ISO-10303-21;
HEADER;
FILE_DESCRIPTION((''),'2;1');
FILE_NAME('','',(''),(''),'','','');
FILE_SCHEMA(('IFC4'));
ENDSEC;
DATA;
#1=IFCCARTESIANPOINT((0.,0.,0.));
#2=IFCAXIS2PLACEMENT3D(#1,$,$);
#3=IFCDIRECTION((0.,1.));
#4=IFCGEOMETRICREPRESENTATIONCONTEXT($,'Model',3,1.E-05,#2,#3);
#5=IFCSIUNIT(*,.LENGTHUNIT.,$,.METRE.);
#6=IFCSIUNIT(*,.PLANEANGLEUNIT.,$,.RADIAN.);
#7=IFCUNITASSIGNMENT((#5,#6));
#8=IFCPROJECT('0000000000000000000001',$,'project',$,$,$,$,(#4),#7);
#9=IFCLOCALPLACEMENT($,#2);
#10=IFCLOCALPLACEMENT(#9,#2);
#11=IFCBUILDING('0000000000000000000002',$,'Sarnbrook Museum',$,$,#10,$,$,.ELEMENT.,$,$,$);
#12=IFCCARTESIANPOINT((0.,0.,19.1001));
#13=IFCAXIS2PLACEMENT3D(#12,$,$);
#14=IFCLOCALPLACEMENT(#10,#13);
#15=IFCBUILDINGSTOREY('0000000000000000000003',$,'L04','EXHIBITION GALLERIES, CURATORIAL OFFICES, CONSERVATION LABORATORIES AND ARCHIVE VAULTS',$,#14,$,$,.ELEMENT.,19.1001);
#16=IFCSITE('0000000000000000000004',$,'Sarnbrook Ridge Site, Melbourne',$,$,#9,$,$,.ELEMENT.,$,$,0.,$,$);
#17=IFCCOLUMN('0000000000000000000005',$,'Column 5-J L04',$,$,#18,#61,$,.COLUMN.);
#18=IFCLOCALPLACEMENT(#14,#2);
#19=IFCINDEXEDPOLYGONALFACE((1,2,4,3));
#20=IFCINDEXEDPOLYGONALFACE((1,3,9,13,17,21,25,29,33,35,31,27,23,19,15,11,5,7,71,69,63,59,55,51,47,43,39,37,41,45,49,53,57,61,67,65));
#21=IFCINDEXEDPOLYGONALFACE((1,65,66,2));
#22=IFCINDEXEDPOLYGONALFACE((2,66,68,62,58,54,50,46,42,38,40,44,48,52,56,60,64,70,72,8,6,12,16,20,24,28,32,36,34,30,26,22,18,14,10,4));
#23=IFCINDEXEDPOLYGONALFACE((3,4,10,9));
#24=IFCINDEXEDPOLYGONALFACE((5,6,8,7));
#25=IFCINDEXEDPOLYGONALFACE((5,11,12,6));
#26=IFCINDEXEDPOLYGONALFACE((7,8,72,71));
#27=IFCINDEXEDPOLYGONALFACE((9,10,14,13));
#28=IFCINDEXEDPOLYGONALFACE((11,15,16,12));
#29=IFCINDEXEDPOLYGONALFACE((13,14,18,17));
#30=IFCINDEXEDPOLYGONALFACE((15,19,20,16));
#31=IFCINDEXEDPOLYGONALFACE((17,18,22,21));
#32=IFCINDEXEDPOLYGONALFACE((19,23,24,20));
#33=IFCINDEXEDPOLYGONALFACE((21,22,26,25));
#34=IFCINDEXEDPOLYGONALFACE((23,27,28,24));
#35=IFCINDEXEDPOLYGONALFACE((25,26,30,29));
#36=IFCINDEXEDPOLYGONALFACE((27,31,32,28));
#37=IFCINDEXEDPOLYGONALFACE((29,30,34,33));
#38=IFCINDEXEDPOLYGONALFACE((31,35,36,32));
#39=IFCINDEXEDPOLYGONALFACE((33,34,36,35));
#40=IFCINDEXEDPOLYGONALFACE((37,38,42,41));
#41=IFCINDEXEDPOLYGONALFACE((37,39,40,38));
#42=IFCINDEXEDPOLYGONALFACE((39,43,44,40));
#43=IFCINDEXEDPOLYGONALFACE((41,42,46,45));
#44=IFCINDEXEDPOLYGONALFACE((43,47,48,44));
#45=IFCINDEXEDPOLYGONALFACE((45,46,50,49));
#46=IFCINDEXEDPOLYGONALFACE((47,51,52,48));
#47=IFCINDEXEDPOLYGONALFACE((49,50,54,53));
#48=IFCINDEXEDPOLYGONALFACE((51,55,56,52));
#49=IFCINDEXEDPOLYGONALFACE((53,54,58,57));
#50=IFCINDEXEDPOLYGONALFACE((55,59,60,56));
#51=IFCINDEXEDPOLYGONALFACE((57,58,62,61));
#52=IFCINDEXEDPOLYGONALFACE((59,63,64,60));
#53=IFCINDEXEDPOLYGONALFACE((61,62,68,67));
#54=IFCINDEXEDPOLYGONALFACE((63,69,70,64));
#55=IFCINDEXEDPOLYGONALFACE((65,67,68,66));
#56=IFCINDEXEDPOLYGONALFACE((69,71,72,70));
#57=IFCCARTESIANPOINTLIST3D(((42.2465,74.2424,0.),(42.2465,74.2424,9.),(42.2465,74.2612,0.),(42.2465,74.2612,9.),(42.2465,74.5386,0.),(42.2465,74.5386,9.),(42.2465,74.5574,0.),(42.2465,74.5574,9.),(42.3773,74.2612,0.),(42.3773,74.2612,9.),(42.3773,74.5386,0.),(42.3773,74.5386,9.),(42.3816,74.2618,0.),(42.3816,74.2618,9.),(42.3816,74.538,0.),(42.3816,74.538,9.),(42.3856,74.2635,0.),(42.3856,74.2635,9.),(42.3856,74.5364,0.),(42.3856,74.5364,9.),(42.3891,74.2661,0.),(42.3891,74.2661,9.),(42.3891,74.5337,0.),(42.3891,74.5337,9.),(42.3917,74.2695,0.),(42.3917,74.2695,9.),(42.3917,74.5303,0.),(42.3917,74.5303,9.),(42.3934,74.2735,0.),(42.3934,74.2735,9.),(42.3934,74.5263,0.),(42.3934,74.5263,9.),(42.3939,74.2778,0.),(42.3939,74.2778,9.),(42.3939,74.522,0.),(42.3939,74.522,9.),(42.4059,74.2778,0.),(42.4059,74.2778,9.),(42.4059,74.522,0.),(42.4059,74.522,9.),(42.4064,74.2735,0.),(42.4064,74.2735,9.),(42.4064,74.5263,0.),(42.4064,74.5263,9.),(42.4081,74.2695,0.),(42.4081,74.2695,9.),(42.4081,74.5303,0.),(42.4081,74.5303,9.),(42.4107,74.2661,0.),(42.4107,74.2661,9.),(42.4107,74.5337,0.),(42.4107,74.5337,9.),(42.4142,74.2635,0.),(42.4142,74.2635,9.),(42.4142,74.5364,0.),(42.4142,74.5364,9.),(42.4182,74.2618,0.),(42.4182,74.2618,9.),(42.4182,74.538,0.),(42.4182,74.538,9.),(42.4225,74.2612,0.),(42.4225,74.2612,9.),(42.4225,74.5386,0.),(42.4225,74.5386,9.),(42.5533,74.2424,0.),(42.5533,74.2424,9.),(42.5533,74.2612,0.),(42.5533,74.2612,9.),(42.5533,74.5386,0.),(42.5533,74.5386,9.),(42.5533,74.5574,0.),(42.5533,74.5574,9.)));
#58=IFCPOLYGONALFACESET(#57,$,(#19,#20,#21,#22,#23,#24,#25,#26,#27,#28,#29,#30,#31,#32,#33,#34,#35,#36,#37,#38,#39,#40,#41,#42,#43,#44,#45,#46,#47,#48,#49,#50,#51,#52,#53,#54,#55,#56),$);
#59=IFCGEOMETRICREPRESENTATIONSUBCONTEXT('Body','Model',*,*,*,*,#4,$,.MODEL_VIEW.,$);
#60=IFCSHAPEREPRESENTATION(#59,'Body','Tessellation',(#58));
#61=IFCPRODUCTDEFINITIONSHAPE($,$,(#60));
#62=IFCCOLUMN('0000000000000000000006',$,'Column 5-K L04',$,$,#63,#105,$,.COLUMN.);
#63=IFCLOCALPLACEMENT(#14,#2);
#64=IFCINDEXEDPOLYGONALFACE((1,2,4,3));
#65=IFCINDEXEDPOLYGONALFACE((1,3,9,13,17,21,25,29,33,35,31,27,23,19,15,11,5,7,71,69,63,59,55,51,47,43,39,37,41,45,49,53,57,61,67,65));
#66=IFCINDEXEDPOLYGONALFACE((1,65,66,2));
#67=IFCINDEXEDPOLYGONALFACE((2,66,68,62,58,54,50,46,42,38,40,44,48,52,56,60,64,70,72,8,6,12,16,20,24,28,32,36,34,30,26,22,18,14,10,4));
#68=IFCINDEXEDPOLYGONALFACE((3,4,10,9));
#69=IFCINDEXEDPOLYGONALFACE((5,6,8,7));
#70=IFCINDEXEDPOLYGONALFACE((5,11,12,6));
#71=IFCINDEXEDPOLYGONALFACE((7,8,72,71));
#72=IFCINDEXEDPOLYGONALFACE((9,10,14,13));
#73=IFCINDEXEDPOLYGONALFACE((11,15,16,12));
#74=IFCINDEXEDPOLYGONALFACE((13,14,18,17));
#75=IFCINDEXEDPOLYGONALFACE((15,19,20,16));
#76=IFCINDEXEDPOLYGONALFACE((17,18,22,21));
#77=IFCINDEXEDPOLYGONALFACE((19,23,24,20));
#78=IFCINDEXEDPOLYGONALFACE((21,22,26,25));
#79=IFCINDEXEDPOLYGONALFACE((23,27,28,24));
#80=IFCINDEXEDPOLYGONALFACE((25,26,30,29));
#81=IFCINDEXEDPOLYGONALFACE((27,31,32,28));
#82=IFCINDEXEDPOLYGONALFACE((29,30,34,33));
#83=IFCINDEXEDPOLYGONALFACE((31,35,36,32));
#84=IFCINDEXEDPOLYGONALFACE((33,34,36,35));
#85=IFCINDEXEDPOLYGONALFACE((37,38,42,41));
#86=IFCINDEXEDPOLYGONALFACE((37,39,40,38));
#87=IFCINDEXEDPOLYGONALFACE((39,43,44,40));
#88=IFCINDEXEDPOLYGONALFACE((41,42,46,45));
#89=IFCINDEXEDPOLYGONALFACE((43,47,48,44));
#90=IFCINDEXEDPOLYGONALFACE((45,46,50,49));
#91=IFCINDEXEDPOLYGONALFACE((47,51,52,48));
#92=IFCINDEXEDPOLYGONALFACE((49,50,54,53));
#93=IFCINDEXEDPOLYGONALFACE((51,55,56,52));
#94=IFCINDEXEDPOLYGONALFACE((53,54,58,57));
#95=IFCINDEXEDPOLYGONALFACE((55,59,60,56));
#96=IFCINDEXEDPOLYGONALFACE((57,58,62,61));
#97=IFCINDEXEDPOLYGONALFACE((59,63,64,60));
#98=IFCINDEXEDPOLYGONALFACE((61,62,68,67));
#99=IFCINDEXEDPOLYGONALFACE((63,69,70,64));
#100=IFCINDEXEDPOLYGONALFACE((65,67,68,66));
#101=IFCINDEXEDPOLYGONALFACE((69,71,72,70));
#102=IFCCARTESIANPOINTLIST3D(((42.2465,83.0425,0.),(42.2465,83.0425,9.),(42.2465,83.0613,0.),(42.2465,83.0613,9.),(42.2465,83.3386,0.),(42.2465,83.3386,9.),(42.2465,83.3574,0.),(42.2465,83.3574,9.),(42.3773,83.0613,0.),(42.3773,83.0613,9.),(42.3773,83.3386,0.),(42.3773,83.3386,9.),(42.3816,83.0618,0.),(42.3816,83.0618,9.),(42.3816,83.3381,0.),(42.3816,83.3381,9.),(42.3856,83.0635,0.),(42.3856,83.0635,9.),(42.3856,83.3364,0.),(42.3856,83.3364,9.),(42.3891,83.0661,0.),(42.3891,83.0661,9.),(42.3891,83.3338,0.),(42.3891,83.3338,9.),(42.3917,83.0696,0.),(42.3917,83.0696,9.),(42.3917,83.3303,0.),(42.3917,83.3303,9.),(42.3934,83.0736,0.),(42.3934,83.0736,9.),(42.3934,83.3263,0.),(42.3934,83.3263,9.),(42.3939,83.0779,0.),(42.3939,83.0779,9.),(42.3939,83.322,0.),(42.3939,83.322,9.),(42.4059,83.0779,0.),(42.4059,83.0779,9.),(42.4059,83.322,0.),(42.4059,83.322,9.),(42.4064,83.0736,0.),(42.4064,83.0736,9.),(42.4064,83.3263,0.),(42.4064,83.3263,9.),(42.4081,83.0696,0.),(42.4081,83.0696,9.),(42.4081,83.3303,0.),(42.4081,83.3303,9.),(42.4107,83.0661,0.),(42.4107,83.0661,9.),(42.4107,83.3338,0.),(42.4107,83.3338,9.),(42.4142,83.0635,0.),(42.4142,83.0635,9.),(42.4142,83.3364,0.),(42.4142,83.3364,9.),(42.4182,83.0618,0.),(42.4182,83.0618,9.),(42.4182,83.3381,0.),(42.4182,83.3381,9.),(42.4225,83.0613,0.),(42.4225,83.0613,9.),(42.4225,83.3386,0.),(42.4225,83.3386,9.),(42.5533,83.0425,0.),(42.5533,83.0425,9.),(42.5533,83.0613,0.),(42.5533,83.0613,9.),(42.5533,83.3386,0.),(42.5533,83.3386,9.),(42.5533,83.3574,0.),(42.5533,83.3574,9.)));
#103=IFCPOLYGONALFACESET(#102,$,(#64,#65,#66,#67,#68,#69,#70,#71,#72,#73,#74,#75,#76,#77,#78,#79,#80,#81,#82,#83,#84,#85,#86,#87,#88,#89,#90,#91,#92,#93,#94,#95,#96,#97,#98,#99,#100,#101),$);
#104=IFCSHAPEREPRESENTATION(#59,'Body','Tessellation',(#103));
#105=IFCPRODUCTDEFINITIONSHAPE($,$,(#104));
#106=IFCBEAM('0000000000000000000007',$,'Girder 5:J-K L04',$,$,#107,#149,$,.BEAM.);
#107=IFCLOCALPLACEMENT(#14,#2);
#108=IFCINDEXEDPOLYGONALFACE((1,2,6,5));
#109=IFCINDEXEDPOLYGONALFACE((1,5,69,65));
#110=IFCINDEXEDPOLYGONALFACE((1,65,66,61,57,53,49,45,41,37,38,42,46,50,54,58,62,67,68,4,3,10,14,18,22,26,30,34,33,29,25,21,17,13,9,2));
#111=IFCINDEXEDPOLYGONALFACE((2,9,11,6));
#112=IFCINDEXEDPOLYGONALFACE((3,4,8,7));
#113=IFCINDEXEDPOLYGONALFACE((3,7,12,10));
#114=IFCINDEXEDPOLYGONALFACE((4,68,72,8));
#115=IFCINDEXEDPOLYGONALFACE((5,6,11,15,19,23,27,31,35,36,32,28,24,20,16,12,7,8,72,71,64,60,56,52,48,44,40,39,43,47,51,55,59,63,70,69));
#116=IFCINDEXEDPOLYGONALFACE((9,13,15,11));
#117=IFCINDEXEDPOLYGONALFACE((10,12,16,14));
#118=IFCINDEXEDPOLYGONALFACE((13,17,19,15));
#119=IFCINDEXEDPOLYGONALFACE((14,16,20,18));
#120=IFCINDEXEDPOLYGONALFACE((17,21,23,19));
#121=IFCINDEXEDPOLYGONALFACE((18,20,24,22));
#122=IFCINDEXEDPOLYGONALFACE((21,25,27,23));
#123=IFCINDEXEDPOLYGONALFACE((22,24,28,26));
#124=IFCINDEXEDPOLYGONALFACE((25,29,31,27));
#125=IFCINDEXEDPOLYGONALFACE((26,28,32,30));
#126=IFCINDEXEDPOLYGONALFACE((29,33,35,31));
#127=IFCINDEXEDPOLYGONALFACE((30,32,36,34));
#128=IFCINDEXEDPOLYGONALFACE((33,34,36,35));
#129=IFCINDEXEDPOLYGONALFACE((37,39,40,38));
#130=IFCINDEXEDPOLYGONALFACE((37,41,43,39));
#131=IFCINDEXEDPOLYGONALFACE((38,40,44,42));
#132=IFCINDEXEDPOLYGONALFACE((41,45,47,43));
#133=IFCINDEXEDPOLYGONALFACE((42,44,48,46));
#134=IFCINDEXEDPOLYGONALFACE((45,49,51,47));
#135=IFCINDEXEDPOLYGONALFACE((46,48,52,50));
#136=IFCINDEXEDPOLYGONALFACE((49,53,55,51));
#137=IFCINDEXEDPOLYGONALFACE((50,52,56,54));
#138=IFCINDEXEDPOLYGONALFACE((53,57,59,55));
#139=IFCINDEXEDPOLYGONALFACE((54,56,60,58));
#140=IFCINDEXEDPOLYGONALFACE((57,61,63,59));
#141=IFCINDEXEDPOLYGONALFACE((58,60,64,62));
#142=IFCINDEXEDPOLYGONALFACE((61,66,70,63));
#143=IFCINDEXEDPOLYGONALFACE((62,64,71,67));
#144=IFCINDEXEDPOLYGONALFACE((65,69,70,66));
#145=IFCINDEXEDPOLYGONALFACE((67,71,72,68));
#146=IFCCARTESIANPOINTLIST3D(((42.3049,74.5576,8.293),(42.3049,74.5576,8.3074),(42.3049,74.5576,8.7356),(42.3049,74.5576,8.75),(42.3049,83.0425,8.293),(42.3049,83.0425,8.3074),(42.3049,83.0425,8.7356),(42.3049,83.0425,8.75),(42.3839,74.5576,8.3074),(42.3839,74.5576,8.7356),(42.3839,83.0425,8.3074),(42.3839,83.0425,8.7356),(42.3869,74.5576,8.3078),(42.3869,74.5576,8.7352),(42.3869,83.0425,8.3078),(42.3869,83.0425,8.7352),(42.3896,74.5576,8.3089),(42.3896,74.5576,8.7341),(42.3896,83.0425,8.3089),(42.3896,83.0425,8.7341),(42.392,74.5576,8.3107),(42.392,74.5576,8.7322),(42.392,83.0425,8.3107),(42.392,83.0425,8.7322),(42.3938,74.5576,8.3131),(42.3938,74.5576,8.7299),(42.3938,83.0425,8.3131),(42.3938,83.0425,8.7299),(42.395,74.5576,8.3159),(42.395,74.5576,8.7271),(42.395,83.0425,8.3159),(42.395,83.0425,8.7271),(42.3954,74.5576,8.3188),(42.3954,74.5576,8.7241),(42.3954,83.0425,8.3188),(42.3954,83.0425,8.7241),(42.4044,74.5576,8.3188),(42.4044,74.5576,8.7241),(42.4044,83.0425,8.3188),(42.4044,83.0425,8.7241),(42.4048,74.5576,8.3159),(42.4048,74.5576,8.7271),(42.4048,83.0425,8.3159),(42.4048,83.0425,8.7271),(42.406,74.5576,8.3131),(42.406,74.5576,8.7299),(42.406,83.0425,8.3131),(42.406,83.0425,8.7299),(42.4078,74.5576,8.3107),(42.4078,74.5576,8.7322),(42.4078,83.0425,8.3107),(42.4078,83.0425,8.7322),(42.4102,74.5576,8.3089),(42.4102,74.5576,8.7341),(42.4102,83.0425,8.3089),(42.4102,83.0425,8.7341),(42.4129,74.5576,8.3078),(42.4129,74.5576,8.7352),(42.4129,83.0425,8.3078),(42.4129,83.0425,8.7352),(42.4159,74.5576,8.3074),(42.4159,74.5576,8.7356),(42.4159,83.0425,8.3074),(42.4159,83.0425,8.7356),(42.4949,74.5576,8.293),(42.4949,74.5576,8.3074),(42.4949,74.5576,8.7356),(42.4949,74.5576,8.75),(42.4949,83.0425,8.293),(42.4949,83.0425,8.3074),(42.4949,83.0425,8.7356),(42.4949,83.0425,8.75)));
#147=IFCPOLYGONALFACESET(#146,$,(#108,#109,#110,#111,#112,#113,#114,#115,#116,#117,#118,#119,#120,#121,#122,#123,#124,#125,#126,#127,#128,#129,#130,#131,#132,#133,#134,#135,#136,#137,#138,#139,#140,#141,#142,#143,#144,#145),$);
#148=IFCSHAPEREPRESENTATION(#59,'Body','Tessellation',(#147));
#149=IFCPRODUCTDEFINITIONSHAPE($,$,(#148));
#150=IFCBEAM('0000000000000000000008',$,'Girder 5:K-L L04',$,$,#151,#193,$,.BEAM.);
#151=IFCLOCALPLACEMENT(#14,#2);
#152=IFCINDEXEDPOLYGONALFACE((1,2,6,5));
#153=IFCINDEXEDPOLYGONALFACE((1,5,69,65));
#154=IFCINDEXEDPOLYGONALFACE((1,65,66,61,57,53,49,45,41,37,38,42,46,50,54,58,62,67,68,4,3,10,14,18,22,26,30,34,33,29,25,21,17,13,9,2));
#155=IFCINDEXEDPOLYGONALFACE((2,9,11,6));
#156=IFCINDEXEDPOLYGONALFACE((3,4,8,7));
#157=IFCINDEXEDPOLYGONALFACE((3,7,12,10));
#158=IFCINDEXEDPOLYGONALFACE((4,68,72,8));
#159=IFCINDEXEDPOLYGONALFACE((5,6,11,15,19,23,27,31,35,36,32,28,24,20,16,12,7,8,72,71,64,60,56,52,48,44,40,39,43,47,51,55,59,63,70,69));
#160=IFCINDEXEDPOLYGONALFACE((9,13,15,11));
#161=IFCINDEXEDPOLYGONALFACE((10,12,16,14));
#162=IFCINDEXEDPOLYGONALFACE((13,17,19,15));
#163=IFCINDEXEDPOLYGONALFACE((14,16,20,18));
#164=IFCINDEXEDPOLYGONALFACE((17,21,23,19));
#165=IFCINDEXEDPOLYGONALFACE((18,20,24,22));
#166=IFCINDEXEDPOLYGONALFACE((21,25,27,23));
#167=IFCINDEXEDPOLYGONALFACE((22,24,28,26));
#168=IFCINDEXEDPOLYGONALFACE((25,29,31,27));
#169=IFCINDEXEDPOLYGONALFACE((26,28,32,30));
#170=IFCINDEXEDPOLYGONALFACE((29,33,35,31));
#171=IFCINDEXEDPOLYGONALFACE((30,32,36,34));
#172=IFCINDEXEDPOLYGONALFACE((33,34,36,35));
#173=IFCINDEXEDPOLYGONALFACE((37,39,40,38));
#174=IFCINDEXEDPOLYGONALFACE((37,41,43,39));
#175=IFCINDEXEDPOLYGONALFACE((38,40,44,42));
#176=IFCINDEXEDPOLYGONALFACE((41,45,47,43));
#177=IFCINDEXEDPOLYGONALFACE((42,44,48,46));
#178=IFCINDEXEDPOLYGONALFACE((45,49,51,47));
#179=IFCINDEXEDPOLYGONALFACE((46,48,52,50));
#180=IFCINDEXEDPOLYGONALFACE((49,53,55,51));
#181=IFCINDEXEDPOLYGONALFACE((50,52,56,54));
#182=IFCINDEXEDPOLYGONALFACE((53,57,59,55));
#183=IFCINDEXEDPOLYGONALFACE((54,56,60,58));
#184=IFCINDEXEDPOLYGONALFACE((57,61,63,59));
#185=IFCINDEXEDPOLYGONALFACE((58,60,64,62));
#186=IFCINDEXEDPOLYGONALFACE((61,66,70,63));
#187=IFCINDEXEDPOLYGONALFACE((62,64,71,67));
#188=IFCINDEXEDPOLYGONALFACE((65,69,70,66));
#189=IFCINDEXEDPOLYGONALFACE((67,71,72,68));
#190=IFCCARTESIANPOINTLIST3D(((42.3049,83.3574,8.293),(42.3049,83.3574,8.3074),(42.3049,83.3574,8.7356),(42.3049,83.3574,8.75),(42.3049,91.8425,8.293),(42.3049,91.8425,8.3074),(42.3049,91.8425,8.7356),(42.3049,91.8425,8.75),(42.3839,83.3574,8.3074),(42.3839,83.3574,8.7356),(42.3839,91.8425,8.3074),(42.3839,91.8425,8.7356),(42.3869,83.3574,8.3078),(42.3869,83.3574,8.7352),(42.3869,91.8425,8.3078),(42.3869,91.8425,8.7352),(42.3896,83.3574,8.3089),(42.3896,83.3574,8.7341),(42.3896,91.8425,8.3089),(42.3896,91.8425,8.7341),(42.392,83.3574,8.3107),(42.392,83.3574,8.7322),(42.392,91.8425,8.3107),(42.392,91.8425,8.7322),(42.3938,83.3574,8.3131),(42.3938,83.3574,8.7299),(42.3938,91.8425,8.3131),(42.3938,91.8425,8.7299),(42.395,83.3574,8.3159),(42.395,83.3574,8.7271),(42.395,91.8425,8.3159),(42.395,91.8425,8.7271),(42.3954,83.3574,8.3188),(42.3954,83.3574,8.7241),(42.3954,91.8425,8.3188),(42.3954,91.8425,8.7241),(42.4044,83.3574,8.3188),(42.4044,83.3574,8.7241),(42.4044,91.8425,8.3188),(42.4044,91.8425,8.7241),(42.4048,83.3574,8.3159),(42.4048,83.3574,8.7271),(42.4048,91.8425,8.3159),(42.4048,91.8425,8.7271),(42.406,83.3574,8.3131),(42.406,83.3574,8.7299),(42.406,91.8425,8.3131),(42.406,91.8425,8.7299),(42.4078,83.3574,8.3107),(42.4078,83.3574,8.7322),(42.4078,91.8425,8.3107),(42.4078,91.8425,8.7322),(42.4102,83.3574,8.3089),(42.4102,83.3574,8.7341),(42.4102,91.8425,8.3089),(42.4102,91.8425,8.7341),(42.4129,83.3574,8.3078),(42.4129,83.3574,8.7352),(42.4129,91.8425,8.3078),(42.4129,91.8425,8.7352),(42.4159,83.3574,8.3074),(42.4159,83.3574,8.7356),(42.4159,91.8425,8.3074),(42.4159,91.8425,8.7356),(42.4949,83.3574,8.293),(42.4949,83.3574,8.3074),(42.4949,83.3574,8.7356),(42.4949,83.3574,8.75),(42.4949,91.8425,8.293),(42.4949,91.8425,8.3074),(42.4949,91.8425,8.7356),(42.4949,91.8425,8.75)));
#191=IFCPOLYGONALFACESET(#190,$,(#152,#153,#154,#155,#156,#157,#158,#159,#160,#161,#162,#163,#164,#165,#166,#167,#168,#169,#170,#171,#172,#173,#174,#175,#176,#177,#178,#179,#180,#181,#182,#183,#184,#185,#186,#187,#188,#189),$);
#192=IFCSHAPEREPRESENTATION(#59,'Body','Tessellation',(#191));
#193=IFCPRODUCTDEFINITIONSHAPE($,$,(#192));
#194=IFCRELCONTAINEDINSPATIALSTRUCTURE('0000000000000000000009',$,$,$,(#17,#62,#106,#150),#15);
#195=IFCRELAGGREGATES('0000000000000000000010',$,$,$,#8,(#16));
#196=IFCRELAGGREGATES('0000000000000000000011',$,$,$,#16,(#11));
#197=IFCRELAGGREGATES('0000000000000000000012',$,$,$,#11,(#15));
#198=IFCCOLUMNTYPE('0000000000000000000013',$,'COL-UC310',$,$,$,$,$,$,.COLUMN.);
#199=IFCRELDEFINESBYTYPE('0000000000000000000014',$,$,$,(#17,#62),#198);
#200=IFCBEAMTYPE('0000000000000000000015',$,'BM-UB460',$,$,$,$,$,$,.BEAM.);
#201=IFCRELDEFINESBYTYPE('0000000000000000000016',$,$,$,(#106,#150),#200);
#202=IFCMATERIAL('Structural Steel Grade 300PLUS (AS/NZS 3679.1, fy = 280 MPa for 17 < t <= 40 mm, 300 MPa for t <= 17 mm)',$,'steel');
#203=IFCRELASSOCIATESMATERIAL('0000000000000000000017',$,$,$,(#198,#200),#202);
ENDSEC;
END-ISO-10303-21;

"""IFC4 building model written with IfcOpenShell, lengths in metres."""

from ifc_helpers import new_model, si_unit, direction, frame, origin, origin_2d, place, context, subcontext, project, spatial, i_section, extrude, material, material_profile, profile_set, type_object, element, save


model = new_model("IFC4")

# Units and contexts
model_context = context("Model", 3, precision=1e-05, world=origin(), true_north=direction((0.0, 1.0)))
body_context = subcontext(model_context, "Body", "Model", "MODEL_VIEW")
ifc_project = project(units=[si_unit("LENGTHUNIT", "METRE"), si_unit("PLANEANGLEUNIT", "RADIAN")], contexts=[model_context])

# Site, building, storey
site_placement = place(None, origin())
site = spatial("IfcSite", under=ifc_project, at=site_placement, Name="Sarnbrook Ridge Site, Melbourne", CompositionType="ELEMENT", RefElevation=0.0)
building_placement = place(site_placement, origin())
building = spatial("IfcBuilding", under=site, at=building_placement, Name="Sarnbrook Museum", CompositionType="ELEMENT")
storey_placement = place(building_placement, frame((0.0, 0.0, 19.1001)))
storey = spatial("IfcBuildingStorey", under=building, at=storey_placement, Name="L04", Description="EXHIBITION GALLERIES, CURATORIAL OFFICES, CONSERVATION LABORATORIES AND ARCHIVE VAULTS", CompositionType="ELEMENT", Elevation=19.1001)

# Columns
ifc_material_1 = material(Name="Structural Steel Grade 300PLUS (AS/NZS 3679.1, fy = 280 MPa for 17 < t <= 40 mm, 300 MPa for t <= 17 mm)", Category="steel")
ifc_material_profile_1 = material_profile(ifc_material_1, i_section(OverallWidth=0.3069, OverallDepth=0.3149, WebThickness=0.012, FlangeThickness=0.0188, FilletRadius=0.0166, at=origin_2d()), Name="310UC118")
ifc_profile_set_1 = profile_set([ifc_material_profile_1], Name="Structural Steel Grade 300PLUS (AS/NZS 3679.1, fy = 280 MPa for 17 < t <= 40 mm, 300 MPa for t <= 17 mm)")
column_type = type_object("IfcColumnType", Name="COL-UC310", PredefinedType="COLUMN", material=ifc_profile_set_1)
for number, where, z_axis, x_axis, name in (
    (1, (42.3999, 74.3999, 0.0), (0.0, 0.0, 1.0), (1.0, 0.0, 0.0), "Column 5-J L04"),
    (2, (42.3999, 83.2, 0.0), (0.0, 0.0, 1.0), (1.0, 0.0, 0.0), "Column 5-K L04"),
):
    element("IfcColumn", number, at=place(storey_placement, frame(where, z_axis=z_axis, x_axis=x_axis)), inside=storey, type_object=column_type, Name=name, PredefinedType="COLUMN", context=body_context, shape_type="SweptSolid", body=[
        extrude(i_section(OverallWidth=0.3069, OverallDepth=0.3149, WebThickness=0.012, FlangeThickness=0.0188, FilletRadius=0.0166, at=origin_2d()), origin(), (0.0, 0.0, 1.0), 9.0),
    ])

# Beams
ifc_material_profile_2 = material_profile(ifc_material_1, i_section(OverallWidth=0.1899, OverallDepth=0.457, WebThickness=0.009, FlangeThickness=0.0144, FilletRadius=0.0115, at=origin_2d()), Name="460UB74.6")
ifc_profile_set_2 = profile_set([ifc_material_profile_2], Name="Structural Steel Grade 300PLUS (AS/NZS 3679.1, fy = 280 MPa for 17 < t <= 40 mm, 300 MPa for t <= 17 mm)")
beam_type_1 = type_object("IfcBeamType", Name="BM-UB460", PredefinedType="BEAM", material=ifc_profile_set_2)
beam_1_placement = place(storey_placement, frame((42.3999, 74.5576, 8.5215), z_axis=(0.0, 1.0, 0.0), x_axis=(-1.0, 0.0, 0.0)))
element("IfcBeam", 3, at=beam_1_placement, inside=storey, type_object=beam_type_1, Name="Girder 5:J-K L04", PredefinedType="BEAM", context=body_context, shape_type="SweptSolid", body=[
    extrude(i_section(OverallWidth=0.1899, OverallDepth=0.457, WebThickness=0.009, FlangeThickness=0.0144, FilletRadius=0.0115, at=origin_2d()), origin(), (0.0, 0.0, 1.0), 8.4849),
])
beam_2_placement = place(storey_placement, frame((42.3999, 83.3574, 8.5215), z_axis=(0.0, 1.0, 0.0), x_axis=(-1.0, 0.0, 0.0)))
element("IfcBeam", 4, at=beam_2_placement, inside=storey, type_object=beam_type_1, Name="Girder 5:K-L L04", PredefinedType="BEAM", context=body_context, shape_type="SweptSolid", body=[
    extrude(i_section(OverallWidth=0.1899, OverallDepth=0.457, WebThickness=0.009, FlangeThickness=0.0144, FilletRadius=0.0115, at=origin_2d()), origin(), (0.0, 0.0, 1.0), 8.4851),
])

save(model, "model.ifc")
